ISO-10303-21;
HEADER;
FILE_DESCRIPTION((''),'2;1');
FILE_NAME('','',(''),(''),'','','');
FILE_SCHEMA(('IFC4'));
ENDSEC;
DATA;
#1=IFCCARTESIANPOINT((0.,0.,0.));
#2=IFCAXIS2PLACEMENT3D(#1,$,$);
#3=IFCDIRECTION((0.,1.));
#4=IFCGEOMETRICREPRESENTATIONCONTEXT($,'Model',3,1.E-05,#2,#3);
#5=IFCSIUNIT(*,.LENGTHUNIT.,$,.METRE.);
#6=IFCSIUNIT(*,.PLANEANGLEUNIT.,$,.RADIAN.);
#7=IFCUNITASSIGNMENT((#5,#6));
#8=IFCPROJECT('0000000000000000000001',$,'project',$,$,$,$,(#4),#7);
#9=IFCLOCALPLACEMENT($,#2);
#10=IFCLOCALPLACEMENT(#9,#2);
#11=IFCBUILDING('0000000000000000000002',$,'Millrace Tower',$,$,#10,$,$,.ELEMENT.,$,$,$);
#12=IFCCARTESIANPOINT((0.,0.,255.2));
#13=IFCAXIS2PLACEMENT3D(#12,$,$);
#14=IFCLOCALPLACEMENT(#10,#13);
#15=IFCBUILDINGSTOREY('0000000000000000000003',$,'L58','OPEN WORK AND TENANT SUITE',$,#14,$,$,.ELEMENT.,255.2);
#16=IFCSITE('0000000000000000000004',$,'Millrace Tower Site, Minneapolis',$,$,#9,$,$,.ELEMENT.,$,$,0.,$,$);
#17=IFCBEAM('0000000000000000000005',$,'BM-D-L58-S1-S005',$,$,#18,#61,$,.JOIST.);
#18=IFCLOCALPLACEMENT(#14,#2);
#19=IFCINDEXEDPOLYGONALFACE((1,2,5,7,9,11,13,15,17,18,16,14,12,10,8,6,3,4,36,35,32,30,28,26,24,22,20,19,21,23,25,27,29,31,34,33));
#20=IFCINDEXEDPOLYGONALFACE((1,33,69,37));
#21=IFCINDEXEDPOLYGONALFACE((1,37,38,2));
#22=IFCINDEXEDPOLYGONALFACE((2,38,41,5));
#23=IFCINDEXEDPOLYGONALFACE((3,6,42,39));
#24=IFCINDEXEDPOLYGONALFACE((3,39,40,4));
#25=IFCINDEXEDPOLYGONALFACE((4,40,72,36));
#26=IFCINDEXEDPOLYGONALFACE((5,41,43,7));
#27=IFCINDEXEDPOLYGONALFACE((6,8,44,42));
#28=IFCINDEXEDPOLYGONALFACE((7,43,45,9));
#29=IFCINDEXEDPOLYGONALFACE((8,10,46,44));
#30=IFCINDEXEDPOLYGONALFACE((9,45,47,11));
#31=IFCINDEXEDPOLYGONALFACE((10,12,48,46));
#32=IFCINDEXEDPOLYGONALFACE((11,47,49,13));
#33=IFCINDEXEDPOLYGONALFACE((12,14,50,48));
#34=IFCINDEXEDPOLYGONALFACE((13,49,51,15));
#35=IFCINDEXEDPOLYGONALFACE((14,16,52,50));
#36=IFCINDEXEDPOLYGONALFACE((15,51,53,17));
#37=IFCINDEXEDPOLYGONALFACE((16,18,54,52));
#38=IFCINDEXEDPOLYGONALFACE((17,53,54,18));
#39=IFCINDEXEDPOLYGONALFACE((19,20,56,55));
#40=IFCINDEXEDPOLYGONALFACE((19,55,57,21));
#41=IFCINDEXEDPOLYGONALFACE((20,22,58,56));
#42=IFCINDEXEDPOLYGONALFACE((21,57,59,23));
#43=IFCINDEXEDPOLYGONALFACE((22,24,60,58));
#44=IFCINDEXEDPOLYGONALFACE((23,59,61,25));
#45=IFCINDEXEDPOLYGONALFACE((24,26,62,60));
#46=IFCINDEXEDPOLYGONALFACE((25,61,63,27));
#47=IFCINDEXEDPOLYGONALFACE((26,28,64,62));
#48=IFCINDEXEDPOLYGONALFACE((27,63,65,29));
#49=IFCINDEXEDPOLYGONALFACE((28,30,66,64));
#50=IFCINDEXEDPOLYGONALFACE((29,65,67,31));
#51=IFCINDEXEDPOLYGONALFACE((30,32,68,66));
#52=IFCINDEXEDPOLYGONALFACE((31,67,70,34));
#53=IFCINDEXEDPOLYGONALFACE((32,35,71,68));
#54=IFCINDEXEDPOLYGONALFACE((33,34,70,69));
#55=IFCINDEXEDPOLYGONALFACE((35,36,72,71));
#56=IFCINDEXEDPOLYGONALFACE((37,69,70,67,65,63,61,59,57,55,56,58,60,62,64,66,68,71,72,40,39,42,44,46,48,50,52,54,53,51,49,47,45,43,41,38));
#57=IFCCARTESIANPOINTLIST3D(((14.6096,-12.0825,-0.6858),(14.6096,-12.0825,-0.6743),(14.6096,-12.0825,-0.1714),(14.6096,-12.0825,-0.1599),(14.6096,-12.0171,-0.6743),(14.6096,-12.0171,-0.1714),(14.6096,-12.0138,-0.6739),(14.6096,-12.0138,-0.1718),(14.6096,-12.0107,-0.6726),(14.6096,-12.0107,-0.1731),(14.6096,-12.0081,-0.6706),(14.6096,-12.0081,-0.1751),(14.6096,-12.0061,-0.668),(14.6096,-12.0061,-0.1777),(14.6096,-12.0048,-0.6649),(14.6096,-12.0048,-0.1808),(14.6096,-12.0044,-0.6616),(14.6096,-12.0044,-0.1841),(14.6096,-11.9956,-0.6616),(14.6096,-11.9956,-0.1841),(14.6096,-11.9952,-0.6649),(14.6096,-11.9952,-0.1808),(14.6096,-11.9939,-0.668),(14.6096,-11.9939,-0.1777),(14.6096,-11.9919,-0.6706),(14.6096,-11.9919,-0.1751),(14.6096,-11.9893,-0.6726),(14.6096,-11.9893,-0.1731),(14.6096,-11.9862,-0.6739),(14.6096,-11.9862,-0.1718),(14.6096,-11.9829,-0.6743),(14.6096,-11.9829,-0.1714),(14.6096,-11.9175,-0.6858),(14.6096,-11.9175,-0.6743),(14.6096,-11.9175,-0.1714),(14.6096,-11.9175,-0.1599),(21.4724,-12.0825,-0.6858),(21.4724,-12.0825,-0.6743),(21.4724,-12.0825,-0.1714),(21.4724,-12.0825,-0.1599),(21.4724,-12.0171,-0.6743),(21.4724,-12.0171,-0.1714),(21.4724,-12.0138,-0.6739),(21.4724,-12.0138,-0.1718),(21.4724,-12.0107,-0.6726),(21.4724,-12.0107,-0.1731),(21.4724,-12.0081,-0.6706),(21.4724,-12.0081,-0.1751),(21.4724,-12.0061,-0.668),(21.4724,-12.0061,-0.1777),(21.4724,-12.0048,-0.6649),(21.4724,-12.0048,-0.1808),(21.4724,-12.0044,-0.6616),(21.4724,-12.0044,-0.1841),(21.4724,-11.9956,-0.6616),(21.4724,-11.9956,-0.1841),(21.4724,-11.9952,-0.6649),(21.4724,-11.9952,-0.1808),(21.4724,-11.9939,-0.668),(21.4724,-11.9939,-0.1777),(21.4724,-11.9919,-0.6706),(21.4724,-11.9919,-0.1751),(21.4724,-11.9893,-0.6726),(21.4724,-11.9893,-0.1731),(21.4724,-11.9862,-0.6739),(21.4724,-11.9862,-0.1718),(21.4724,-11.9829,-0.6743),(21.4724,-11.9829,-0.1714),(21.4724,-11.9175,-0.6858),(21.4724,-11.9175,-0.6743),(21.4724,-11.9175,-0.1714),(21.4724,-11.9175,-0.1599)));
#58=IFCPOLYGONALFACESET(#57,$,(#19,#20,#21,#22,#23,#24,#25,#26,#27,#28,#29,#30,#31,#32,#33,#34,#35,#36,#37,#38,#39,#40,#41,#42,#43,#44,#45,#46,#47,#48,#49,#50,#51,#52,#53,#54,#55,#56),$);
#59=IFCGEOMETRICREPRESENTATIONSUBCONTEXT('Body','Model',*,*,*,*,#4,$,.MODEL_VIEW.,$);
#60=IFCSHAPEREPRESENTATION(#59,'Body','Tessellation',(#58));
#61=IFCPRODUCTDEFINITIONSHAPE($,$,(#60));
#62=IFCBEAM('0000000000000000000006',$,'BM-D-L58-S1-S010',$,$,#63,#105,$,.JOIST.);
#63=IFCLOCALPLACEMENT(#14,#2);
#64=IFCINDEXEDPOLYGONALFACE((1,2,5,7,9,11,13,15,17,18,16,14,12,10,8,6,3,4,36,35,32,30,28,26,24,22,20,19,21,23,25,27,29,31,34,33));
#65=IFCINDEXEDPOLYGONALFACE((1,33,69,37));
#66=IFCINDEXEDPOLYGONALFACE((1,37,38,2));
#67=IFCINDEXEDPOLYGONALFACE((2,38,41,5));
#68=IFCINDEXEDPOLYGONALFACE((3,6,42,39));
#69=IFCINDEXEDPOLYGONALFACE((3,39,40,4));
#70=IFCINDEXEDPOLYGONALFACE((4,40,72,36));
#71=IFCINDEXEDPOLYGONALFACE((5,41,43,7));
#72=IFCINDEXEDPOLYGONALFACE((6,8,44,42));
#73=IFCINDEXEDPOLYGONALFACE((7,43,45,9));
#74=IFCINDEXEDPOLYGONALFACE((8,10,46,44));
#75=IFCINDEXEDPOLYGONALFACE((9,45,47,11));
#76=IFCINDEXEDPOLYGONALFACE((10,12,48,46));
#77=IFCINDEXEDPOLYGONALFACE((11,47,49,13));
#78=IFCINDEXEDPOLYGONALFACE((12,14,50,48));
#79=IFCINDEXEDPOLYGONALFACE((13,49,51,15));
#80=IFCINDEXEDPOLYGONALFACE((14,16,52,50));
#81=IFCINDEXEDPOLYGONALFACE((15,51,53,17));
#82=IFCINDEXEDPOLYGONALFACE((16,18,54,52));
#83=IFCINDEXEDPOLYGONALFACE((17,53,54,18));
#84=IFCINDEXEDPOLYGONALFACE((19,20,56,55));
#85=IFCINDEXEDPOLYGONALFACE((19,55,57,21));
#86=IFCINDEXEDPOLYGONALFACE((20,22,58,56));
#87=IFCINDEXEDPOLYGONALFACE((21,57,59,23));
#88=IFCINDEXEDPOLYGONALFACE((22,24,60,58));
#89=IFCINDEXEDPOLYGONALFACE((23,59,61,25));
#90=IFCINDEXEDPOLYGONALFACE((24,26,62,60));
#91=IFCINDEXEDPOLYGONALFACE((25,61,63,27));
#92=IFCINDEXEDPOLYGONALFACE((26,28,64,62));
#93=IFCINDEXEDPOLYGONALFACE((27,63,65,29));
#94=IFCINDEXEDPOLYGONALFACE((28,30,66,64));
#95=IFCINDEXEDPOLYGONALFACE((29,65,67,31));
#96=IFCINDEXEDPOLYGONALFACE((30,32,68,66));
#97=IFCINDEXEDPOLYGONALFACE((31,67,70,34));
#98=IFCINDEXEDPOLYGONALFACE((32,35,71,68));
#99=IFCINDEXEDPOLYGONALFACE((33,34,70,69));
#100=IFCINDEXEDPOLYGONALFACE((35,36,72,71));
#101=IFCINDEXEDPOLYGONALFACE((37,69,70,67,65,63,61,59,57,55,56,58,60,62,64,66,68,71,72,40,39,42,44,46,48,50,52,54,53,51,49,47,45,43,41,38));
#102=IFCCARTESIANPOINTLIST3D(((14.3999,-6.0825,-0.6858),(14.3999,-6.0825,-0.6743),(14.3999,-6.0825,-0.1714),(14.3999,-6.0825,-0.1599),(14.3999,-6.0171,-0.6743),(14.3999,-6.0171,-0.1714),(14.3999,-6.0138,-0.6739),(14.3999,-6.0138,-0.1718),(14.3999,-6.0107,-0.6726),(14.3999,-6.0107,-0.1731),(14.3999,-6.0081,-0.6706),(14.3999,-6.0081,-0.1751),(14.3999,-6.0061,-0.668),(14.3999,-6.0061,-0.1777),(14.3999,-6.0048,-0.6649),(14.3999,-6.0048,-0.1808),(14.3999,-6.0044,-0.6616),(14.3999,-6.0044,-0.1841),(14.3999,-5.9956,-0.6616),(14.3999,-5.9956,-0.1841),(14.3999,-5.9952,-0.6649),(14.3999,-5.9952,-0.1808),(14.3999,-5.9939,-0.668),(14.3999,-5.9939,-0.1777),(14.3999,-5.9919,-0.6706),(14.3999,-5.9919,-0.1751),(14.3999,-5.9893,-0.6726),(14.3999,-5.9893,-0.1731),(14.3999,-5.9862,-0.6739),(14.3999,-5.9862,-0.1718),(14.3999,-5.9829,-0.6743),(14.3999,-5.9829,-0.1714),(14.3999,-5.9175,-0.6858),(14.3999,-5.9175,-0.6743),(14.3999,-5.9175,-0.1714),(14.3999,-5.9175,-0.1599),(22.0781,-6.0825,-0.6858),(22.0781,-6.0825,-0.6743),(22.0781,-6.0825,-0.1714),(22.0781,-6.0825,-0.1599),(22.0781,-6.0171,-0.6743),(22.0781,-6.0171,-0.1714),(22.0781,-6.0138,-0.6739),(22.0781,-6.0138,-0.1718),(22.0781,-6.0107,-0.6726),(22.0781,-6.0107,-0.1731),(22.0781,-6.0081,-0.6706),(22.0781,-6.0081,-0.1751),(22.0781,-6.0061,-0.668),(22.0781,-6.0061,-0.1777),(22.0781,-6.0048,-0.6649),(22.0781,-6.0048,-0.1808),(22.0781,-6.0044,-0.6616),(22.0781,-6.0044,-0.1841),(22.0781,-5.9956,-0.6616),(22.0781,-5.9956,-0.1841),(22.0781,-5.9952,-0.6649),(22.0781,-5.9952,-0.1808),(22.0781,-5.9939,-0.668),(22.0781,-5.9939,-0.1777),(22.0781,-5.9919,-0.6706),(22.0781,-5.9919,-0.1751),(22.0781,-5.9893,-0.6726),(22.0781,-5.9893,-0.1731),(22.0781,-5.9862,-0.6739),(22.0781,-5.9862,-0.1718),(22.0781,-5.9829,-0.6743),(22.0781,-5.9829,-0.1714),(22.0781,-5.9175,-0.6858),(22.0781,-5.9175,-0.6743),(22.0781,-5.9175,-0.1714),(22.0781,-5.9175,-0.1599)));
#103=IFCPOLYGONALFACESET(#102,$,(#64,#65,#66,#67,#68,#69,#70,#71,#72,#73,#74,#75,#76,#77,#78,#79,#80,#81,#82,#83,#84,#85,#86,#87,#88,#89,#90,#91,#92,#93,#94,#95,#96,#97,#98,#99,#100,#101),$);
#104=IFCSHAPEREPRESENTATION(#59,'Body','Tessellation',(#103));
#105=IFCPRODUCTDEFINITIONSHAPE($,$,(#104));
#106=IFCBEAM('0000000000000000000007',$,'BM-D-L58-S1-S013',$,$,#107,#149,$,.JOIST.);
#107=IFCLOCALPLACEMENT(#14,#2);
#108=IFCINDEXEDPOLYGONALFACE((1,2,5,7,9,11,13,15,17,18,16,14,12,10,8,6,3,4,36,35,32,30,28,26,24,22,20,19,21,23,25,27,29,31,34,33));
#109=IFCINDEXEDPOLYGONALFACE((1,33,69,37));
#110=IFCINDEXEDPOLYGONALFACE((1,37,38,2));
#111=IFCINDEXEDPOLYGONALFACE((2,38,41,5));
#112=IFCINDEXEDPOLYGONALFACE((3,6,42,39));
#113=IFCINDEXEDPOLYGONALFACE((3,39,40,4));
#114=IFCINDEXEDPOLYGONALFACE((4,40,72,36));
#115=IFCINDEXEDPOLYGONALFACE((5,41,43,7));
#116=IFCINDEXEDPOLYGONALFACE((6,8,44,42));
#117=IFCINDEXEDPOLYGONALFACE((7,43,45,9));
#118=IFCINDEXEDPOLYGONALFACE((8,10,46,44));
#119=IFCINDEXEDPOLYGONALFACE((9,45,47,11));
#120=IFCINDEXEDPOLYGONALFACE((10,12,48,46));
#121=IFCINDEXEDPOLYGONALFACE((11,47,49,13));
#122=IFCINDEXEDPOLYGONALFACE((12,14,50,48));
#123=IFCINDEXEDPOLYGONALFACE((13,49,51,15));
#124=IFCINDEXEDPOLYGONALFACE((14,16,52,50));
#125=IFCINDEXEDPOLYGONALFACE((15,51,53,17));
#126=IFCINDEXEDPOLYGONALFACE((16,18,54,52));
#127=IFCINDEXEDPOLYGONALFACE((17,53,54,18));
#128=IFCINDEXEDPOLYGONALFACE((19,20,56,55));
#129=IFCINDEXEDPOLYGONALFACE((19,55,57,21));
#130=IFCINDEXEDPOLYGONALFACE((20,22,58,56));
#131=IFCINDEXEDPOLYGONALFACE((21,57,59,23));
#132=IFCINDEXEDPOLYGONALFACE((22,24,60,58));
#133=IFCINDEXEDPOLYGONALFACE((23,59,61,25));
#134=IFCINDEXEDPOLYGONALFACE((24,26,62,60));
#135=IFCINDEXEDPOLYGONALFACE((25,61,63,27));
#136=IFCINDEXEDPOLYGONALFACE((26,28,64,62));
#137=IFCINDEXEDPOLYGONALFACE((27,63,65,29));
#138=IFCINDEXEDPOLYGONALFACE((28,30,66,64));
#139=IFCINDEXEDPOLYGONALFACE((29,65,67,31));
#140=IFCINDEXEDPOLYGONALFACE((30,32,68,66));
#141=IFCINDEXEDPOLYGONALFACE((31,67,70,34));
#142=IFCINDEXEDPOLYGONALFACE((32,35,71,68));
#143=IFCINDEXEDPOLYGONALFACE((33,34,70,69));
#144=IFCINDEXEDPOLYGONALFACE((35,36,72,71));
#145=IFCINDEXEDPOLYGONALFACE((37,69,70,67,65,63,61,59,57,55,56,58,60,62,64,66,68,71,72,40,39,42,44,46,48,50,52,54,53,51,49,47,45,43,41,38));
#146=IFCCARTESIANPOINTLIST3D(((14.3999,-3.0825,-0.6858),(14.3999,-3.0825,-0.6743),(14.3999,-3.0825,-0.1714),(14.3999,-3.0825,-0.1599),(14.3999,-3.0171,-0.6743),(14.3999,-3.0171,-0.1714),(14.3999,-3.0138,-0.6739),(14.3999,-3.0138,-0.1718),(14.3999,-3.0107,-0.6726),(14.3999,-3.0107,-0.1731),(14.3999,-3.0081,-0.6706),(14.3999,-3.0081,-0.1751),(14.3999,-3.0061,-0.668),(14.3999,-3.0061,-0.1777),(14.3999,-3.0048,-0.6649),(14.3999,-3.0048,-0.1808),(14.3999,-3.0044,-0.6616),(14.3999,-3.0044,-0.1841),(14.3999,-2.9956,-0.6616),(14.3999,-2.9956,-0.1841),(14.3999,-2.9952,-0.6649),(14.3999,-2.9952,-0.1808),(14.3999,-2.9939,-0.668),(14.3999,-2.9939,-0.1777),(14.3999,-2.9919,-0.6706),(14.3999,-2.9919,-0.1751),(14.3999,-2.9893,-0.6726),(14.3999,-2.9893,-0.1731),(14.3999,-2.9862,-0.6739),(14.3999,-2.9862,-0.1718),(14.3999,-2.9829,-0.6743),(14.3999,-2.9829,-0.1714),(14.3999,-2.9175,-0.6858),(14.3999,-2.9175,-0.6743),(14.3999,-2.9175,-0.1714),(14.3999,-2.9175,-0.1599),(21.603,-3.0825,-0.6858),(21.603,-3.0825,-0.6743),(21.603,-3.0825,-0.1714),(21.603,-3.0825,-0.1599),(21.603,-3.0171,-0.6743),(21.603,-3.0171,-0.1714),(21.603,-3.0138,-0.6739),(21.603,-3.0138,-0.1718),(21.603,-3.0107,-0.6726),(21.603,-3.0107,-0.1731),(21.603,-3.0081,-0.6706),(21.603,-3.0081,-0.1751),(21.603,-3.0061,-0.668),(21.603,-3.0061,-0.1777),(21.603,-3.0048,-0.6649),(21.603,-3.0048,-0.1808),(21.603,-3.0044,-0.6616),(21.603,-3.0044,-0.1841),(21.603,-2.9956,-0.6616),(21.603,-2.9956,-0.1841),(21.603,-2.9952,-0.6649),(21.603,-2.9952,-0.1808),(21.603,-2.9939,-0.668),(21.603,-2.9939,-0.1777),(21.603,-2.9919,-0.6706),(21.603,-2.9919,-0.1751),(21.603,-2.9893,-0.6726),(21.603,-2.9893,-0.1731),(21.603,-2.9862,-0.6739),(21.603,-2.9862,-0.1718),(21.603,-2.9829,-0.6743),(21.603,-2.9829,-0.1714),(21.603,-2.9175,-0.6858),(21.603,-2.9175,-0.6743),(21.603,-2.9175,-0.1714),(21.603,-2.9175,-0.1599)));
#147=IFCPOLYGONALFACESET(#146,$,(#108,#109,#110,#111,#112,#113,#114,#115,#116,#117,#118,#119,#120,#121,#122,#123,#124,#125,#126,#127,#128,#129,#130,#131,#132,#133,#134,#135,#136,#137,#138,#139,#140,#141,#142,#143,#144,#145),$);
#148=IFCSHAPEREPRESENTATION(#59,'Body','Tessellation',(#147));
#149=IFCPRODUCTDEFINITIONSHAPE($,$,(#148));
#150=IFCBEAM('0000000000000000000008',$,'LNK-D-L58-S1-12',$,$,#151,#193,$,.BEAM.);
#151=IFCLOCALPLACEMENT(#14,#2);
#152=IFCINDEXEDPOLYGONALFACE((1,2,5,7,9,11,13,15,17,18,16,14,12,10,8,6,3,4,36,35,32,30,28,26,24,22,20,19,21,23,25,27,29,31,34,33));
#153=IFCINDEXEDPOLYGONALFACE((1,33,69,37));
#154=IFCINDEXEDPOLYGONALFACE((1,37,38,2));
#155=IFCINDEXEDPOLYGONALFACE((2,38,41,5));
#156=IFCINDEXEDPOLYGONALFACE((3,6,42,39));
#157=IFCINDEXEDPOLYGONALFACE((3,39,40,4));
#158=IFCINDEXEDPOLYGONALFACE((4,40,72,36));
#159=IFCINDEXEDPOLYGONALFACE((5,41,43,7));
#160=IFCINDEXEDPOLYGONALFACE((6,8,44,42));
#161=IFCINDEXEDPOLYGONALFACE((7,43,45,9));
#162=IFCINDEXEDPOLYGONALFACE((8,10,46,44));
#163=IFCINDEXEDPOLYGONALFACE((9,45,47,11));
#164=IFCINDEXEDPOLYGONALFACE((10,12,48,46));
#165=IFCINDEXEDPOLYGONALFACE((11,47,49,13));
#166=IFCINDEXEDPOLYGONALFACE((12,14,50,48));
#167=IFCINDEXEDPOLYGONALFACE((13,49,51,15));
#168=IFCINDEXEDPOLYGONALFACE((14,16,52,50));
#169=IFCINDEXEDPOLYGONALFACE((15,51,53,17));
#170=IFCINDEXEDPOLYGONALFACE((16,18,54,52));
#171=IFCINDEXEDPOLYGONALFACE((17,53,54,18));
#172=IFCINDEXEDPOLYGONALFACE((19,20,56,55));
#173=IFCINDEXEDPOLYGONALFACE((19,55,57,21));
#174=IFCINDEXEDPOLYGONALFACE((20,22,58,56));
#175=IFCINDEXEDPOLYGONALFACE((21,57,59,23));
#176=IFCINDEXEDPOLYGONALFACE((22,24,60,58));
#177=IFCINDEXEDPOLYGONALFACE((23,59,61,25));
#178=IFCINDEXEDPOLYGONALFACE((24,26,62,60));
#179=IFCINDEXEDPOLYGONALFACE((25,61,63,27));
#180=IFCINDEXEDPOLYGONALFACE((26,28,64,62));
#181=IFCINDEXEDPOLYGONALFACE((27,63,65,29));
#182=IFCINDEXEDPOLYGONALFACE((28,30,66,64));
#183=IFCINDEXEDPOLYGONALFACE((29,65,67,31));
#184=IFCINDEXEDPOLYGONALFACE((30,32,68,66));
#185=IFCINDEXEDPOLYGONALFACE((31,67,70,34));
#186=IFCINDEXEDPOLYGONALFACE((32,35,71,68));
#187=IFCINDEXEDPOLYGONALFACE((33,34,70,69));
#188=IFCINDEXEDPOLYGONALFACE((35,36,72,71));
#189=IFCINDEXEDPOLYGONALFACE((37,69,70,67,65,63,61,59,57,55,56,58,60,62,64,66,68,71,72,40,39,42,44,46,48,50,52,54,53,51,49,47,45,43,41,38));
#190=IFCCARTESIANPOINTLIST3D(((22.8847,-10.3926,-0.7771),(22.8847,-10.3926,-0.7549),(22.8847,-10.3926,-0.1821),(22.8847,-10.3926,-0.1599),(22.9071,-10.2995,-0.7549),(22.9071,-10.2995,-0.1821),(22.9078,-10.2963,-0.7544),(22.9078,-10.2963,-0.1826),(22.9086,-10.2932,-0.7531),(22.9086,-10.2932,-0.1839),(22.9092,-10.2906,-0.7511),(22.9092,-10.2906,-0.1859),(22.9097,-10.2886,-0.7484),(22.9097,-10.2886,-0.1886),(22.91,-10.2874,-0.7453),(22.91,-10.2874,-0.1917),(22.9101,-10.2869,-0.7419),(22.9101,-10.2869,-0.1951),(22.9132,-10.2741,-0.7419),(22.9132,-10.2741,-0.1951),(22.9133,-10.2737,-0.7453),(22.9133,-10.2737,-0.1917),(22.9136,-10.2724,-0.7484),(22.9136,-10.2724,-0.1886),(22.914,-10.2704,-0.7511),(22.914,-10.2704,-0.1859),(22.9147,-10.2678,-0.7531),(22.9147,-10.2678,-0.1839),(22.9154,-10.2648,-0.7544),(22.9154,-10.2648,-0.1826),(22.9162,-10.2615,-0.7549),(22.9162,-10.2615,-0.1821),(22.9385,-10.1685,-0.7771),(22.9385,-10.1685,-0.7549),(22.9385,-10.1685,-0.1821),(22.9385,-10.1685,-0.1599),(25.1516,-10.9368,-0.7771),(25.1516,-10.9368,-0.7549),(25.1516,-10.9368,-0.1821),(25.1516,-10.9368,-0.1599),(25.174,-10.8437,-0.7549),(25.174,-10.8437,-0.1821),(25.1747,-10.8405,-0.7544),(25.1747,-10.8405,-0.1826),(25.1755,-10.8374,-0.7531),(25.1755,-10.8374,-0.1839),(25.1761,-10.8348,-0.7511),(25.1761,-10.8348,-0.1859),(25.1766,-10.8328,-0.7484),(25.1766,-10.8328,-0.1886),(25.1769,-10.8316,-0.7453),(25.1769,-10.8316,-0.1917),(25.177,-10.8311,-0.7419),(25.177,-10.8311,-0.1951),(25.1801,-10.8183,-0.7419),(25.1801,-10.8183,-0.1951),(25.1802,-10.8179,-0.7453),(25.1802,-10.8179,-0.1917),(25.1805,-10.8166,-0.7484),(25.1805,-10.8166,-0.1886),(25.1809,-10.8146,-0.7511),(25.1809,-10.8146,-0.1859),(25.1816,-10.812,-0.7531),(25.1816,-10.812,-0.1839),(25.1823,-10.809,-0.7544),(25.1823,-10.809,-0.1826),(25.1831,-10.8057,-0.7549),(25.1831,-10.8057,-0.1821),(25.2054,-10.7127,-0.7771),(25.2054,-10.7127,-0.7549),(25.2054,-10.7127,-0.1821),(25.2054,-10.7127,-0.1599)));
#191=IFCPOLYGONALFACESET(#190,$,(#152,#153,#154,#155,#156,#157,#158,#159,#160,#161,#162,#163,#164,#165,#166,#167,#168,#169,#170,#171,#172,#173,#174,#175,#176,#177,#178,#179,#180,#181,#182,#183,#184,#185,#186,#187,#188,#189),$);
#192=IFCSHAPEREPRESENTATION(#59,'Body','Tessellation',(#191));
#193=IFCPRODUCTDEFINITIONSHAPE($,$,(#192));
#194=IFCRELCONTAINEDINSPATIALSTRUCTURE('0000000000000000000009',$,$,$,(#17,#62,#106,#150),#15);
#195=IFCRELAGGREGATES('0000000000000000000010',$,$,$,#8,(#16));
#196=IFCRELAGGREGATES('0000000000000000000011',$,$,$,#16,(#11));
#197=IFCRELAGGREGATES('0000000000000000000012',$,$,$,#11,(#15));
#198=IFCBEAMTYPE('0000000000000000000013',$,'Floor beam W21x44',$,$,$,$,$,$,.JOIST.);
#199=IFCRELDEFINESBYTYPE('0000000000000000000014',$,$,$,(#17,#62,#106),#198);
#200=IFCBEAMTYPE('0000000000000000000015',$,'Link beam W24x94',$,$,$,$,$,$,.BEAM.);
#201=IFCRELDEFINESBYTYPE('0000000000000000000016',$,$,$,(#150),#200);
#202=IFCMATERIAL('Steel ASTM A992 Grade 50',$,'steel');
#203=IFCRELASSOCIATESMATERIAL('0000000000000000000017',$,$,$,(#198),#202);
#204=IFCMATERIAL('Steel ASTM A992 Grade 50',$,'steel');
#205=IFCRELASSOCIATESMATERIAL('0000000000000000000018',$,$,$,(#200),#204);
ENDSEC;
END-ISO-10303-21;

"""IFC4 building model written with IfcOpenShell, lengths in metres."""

from ifc_helpers import new_model, si_unit, direction, frame, origin, origin_2d, place, context, subcontext, project, spatial, i_section, extrude, material, material_profile, profile_set, type_object, element, save


model = new_model("IFC4")

# Units and contexts
model_context = context("Model", 3, precision=1e-05, world=origin(), true_north=direction((0.0, 1.0)))
body_context = subcontext(model_context, "Body", "Model", "MODEL_VIEW")
ifc_project = project(units=[si_unit("LENGTHUNIT", "METRE"), si_unit("PLANEANGLEUNIT", "RADIAN")], contexts=[model_context])

# Site, building, storey
site_placement = place(None, origin())
site = spatial("IfcSite", under=ifc_project, at=site_placement, Name="Millrace Tower Site, Minneapolis", CompositionType="ELEMENT", RefElevation=0.0)
building_placement = place(site_placement, origin())
building = spatial("IfcBuilding", under=site, at=building_placement, Name="Millrace Tower", CompositionType="ELEMENT")
storey_placement = place(building_placement, frame((0.0, 0.0, 255.2)))
storey = spatial("IfcBuildingStorey", under=building, at=storey_placement, Name="L58", Description="OPEN WORK AND TENANT SUITE", CompositionType="ELEMENT", Elevation=255.2)

# Beams
ifc_material_1 = material(Name="Steel ASTM A992 Grade 50", Category="steel")
ifc_material_profile_1 = material_profile(ifc_material_1, i_section(OverallWidth=0.165, OverallDepth=0.5259, WebThickness=0.0088, FlangeThickness=0.0115, FilletRadius=0.0127, at=origin_2d()))
ifc_profile_set_1 = profile_set([ifc_material_profile_1], Name="Steel ASTM A992 Grade 50")
beam_type_1 = type_object("IfcBeamType", Name="Floor beam W21x44", PredefinedType="JOIST", material=ifc_profile_set_1)
beam_1_placement = place(storey_placement, frame((14.6096, -12.0, -0.4229), z_axis=(1.0, 0.0, 0.0), x_axis=(0.0, 1.0, 0.0)))
element("IfcBeam", 1, at=beam_1_placement, inside=storey, type_object=beam_type_1, Name="BM-D-L58-S1-S005", PredefinedType="JOIST", context=body_context, shape_type="SweptSolid", body=[
    extrude(i_section(OverallWidth=0.165, OverallDepth=0.5259, WebThickness=0.0088, FlangeThickness=0.0115, FilletRadius=0.0127, at=origin_2d()), origin(), (0.0, 0.0, 1.0), 6.8628),
])
beam_2_placement = place(storey_placement, frame((14.3999, -6.0, -0.4229), z_axis=(1.0, 0.0, 0.0), x_axis=(0.0, 1.0, 0.0)))
element("IfcBeam", 2, at=beam_2_placement, inside=storey, type_object=beam_type_1, Name="BM-D-L58-S1-S010", PredefinedType="JOIST", context=body_context, shape_type="SweptSolid", body=[
    extrude(i_section(OverallWidth=0.165, OverallDepth=0.5259, WebThickness=0.0088, FlangeThickness=0.0115, FilletRadius=0.0127, at=origin_2d()), origin(), (0.0, 0.0, 1.0), 7.6782),
])
beam_3_placement = place(storey_placement, frame((14.3999, -3.0, -0.4229), z_axis=(1.0, 0.0, 0.0), x_axis=(0.0, 1.0, 0.0)))
element("IfcBeam", 3, at=beam_3_placement, inside=storey, type_object=beam_type_1, Name="BM-D-L58-S1-S013", PredefinedType="JOIST", context=body_context, shape_type="SweptSolid", body=[
    extrude(i_section(OverallWidth=0.165, OverallDepth=0.5259, WebThickness=0.0088, FlangeThickness=0.0115, FilletRadius=0.0127, at=origin_2d()), origin(), (0.0, 0.0, 1.0), 7.2031),
])
ifc_material_2 = material(Name="Steel ASTM A992 Grade 50", Category="steel")
ifc_material_profile_2 = material_profile(ifc_material_2, i_section(OverallWidth=0.2305, OverallDepth=0.6172, WebThickness=0.0132, FlangeThickness=0.0222, FilletRadius=0.0129, at=origin_2d()))
ifc_profile_set_2 = profile_set([ifc_material_profile_2], Name="Steel ASTM A992 Grade 50")
beam_type_2 = type_object("IfcBeamType", Name="Link beam W24x94", PredefinedType="BEAM", material=ifc_profile_set_2)
beam_4_placement = place(storey_placement, frame((22.9116, -10.2805, -0.4685), z_axis=(0.972373, -0.233432, 0.0), x_axis=(0.233432, 0.972373, 0.0)))
element("IfcBeam", 4, at=beam_4_placement, inside=storey, type_object=beam_type_2, Name="LNK-D-L58-S1-12", PredefinedType="BEAM", context=body_context, shape_type="SweptSolid", body=[
    extrude(i_section(OverallWidth=0.2305, OverallDepth=0.6172, WebThickness=0.0132, FlangeThickness=0.0222, FilletRadius=0.0129, at=origin_2d()), origin(), (0.0, 0.0, 1.0), 2.3313),
])

save(model, "model.ifc")
